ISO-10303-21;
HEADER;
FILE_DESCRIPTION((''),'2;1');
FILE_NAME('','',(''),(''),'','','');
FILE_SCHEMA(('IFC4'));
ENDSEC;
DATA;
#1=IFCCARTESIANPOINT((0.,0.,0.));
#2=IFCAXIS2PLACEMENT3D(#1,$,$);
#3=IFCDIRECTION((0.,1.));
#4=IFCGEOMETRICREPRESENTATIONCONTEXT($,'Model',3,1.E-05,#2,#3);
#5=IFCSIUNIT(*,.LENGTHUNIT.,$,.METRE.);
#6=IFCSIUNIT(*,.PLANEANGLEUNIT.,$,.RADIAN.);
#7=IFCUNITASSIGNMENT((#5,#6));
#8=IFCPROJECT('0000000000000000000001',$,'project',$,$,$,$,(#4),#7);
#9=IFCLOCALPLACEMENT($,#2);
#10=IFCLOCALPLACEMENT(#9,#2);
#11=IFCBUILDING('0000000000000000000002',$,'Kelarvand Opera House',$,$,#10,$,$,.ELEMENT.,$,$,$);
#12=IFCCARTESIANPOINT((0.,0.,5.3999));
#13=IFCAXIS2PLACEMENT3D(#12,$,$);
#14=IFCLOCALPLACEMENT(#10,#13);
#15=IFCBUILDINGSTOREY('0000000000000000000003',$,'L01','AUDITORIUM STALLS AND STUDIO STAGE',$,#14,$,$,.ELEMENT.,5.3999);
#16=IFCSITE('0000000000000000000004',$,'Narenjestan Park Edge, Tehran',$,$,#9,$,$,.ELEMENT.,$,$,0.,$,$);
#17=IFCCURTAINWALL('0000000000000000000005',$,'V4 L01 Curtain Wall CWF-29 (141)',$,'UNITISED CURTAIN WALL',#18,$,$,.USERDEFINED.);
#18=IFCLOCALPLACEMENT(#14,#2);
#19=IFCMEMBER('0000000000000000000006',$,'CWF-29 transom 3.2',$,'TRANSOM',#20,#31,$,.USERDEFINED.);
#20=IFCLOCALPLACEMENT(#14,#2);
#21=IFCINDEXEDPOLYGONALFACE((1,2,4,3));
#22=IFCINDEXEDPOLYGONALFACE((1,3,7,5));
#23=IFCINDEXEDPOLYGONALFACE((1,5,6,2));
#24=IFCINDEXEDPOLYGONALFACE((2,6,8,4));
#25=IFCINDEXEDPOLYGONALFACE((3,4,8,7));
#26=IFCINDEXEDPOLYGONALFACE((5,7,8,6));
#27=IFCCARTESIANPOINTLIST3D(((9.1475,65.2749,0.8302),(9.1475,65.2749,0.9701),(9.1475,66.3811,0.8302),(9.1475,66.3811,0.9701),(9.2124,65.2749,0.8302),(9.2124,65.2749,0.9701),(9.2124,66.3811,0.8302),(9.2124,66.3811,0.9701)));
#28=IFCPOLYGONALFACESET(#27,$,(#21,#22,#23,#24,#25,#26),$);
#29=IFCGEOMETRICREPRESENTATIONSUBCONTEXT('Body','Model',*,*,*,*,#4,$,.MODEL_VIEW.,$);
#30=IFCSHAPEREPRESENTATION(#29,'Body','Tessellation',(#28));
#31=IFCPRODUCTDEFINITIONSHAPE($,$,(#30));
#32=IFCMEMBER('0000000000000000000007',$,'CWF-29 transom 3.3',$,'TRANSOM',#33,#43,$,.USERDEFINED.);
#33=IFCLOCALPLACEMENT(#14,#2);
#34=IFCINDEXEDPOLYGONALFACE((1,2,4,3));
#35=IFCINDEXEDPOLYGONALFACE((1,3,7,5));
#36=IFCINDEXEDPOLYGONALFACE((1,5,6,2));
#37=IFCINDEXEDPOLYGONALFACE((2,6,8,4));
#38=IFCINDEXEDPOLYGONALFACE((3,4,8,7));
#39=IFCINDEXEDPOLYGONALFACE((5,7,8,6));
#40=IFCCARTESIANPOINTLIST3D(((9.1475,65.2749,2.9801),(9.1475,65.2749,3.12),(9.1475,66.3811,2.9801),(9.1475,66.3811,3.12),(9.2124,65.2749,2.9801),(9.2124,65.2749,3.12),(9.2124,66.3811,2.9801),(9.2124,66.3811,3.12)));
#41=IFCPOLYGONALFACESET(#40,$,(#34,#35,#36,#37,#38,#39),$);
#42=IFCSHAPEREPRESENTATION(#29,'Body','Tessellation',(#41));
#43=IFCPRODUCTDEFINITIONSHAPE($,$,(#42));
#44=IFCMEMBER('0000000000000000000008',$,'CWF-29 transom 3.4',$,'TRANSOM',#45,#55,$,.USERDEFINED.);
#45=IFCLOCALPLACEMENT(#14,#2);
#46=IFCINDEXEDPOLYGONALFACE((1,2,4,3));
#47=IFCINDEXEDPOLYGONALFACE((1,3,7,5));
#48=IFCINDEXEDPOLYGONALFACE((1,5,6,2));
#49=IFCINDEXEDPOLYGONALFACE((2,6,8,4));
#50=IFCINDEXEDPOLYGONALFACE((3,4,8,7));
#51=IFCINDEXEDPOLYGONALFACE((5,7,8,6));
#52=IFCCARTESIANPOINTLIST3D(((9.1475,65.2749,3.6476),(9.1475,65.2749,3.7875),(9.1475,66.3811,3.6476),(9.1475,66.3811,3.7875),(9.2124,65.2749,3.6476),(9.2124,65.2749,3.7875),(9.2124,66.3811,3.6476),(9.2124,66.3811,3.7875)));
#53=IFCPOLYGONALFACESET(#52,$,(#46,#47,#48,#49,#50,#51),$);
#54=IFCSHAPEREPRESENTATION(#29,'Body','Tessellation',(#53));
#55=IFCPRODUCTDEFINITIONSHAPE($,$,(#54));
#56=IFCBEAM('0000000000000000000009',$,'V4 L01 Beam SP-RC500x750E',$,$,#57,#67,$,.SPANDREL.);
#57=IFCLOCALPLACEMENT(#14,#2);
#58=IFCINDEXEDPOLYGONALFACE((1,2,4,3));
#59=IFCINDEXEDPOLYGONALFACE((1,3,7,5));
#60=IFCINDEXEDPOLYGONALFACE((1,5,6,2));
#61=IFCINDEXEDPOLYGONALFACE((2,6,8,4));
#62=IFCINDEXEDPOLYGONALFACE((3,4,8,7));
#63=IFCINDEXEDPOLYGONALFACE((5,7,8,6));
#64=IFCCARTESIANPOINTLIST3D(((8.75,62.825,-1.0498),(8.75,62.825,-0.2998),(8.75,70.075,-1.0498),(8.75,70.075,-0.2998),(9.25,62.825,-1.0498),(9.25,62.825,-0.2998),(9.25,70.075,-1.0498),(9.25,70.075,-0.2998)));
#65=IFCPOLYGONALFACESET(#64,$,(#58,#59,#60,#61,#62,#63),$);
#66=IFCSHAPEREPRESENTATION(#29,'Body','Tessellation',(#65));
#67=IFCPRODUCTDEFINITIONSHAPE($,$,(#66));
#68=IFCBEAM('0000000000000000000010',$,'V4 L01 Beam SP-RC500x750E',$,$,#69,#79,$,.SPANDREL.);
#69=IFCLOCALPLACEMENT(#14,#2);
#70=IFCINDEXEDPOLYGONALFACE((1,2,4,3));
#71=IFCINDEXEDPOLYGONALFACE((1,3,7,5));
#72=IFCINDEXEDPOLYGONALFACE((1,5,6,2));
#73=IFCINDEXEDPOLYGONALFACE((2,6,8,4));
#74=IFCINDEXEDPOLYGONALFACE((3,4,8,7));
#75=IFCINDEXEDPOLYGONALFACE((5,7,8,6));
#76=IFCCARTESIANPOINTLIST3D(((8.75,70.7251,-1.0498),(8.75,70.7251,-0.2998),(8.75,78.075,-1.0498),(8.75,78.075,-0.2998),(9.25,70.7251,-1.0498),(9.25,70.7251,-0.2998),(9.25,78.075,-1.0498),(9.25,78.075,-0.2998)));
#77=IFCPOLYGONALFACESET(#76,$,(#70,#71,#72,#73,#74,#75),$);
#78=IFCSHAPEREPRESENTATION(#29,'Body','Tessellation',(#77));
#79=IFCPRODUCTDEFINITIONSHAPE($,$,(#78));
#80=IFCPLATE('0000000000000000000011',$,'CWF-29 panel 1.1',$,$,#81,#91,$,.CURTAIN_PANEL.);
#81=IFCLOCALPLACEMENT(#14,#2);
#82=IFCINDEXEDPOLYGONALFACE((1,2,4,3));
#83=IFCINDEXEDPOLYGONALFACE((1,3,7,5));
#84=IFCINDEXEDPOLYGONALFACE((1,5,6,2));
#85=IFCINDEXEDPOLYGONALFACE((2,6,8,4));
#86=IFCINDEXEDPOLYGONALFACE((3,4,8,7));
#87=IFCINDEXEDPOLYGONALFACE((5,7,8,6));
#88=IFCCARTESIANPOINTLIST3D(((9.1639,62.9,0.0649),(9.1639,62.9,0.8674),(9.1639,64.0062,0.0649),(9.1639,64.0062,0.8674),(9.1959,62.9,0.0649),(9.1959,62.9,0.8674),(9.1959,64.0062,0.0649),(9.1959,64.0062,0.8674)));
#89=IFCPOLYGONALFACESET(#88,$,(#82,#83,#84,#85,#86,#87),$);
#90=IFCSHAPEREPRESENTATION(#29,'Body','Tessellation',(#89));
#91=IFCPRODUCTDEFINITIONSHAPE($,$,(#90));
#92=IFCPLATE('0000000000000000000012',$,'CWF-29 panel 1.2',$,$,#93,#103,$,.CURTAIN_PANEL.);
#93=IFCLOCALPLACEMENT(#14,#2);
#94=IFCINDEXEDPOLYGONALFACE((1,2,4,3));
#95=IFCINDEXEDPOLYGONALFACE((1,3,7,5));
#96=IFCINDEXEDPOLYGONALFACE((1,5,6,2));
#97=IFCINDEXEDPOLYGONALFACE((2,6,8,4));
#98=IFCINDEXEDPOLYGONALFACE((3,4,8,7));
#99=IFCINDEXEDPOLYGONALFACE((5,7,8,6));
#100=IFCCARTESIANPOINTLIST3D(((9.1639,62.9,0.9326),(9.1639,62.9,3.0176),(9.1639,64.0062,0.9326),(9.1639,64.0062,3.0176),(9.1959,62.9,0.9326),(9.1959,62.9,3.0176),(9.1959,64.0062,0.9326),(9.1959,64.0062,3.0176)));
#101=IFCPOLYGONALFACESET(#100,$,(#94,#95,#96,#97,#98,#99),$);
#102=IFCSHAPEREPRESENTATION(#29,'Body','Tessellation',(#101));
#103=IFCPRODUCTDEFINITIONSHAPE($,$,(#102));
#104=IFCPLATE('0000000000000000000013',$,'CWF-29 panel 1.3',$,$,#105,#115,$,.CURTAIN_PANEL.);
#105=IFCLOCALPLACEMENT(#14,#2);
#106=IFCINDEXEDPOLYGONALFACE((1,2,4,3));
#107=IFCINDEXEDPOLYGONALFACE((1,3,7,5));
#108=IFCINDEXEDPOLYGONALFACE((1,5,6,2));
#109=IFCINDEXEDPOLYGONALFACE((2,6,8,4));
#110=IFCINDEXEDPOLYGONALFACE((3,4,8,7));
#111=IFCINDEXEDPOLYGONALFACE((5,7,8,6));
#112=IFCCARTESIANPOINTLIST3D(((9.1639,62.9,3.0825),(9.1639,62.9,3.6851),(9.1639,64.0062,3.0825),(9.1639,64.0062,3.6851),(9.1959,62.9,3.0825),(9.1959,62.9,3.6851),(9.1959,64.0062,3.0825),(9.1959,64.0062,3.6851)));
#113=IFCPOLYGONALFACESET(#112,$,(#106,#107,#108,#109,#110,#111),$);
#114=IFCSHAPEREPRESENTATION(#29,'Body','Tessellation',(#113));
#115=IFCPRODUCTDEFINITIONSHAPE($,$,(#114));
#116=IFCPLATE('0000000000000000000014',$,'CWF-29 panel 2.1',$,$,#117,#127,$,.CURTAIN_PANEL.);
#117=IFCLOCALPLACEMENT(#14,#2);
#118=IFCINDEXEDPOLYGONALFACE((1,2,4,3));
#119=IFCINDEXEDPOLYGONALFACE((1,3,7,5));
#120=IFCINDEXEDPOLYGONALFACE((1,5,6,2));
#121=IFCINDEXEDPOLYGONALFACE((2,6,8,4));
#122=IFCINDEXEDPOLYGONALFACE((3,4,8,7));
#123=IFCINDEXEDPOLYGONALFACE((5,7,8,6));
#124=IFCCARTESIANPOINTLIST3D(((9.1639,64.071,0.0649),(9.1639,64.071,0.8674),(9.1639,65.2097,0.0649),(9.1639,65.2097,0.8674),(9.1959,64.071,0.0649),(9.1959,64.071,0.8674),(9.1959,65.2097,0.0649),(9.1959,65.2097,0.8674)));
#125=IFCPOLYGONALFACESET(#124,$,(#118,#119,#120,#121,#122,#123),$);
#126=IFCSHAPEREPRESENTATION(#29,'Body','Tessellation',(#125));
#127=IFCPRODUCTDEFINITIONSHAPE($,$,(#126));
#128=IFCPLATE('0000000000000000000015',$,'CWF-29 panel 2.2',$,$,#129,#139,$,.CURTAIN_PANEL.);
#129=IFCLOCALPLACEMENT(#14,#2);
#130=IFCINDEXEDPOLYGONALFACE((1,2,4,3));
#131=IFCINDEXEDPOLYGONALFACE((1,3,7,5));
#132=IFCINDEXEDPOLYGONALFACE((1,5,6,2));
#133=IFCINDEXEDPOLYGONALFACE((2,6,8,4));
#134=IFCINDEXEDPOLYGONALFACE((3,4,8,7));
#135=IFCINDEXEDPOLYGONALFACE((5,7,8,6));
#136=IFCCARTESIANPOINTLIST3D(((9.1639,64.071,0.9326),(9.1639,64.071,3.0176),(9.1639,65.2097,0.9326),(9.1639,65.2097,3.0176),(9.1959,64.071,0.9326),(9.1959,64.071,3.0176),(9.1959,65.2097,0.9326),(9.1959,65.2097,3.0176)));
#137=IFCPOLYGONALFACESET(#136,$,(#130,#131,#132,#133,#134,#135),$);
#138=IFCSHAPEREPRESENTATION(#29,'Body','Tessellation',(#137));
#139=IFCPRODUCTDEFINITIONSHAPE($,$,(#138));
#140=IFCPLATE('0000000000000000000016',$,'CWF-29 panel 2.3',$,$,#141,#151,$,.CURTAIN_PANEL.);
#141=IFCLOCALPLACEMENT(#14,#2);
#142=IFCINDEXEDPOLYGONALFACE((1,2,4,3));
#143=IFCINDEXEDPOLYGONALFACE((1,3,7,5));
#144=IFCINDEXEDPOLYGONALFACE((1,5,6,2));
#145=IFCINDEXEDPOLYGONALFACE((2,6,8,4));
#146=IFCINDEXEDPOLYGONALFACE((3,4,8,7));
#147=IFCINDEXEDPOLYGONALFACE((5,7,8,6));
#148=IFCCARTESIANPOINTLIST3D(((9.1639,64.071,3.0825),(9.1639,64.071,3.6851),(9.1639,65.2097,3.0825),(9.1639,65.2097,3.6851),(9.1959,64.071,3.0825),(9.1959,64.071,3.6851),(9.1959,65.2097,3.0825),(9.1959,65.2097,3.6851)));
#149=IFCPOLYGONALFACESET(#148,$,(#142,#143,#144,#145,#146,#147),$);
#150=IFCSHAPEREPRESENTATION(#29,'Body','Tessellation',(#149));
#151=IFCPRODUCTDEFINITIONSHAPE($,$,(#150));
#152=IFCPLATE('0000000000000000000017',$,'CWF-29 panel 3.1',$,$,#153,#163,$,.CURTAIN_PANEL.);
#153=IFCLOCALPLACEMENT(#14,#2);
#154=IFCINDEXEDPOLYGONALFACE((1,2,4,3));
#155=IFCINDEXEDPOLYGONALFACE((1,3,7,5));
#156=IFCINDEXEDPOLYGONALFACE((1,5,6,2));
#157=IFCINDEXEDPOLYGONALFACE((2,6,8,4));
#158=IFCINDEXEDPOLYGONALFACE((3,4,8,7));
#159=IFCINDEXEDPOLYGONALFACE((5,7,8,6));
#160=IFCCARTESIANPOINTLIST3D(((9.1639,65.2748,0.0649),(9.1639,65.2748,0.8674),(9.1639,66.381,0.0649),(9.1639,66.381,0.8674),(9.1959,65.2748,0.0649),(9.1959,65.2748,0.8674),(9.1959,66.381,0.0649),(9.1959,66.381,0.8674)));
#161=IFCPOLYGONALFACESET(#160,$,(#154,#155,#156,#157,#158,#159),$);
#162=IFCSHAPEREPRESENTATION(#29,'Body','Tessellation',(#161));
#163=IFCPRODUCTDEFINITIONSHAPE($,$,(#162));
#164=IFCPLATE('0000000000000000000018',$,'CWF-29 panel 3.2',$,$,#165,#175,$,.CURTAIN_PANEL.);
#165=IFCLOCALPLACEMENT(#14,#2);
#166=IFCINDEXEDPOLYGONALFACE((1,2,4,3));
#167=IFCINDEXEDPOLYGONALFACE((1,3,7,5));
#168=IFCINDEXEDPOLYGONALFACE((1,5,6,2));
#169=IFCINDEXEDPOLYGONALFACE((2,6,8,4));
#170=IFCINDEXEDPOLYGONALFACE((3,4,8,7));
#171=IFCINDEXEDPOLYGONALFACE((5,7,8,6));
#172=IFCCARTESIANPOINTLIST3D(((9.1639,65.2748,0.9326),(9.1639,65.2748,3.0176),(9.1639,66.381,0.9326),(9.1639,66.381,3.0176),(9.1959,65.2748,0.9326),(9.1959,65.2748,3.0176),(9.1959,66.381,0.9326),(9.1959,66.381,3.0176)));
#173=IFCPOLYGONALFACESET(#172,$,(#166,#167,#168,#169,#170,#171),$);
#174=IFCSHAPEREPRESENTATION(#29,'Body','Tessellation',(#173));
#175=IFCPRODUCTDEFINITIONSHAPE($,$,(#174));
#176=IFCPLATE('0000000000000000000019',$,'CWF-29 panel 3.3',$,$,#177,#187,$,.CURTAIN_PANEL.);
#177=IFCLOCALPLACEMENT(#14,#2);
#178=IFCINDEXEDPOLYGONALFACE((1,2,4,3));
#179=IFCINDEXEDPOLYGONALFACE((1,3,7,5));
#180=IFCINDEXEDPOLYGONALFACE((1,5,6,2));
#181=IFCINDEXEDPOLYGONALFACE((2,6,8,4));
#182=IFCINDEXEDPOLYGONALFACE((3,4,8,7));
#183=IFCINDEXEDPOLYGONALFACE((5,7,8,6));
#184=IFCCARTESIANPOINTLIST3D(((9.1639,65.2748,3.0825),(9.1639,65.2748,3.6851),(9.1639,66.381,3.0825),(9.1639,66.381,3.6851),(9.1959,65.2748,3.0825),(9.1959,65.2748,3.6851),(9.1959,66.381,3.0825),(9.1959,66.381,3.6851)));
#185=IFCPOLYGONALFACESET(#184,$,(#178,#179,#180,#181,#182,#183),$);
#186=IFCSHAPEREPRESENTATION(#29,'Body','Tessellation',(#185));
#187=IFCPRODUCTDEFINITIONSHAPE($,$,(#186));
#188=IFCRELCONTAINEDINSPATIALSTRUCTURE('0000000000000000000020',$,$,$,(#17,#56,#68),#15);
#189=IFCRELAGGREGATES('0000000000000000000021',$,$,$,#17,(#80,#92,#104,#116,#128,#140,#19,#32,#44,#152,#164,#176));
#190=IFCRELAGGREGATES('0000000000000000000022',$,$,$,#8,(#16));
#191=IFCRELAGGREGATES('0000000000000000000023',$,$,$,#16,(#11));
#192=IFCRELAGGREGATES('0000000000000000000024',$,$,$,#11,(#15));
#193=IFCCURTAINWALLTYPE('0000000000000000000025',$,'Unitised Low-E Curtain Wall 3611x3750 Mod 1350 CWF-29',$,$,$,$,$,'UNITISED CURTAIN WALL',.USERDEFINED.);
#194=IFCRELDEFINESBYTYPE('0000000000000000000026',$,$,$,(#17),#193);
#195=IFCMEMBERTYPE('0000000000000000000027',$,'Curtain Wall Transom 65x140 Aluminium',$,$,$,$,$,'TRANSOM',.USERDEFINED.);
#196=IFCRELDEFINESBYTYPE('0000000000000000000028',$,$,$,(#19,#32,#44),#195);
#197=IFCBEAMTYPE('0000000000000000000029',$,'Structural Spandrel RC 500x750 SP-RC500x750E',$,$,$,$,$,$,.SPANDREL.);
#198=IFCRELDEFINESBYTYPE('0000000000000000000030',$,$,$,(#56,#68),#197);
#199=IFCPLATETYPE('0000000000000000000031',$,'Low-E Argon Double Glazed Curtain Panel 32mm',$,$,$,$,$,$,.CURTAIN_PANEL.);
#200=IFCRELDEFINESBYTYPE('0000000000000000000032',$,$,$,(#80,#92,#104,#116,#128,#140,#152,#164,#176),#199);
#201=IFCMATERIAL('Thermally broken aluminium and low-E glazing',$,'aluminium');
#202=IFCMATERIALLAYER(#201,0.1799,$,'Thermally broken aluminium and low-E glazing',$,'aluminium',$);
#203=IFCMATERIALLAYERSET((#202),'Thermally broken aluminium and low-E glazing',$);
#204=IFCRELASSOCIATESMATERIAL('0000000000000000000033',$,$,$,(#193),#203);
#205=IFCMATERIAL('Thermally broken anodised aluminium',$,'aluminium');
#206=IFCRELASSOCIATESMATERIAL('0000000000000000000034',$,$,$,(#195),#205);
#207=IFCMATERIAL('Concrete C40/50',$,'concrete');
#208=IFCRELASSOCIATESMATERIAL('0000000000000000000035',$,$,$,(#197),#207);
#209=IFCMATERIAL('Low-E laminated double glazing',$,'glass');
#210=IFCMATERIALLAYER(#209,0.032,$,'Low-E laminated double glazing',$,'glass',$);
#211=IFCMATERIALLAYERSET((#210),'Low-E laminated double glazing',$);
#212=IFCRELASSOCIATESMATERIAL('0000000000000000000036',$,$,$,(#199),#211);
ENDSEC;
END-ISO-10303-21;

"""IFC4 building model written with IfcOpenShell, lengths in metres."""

from ifc_helpers import new_model, si_unit, direction, frame, origin, origin_2d, place, context, subcontext, project, spatial, rectangle, extrude, material, layer, layer_set, material_profile, profile_set, type_object, element, aggregate, save


model = new_model("IFC4")

# Units and contexts
model_context = context("Model", 3, precision=1e-05, world=origin(), true_north=direction((0.0, 1.0)))
body_context = subcontext(model_context, "Body", "Model", "MODEL_VIEW")
ifc_project = project(units=[si_unit("LENGTHUNIT", "METRE"), si_unit("PLANEANGLEUNIT", "RADIAN")], contexts=[model_context])

# Site, building, storey
site_placement = place(None, origin())
site = spatial("IfcSite", under=ifc_project, at=site_placement, Name="Narenjestan Park Edge, Tehran", CompositionType="ELEMENT", RefElevation=0.0)
building_placement = place(site_placement, origin())
building = spatial("IfcBuilding", under=site, at=building_placement, Name="Kelarvand Opera House", CompositionType="ELEMENT")
storey_placement = place(building_placement, frame((0.0, 0.0, 5.3999)))
storey = spatial("IfcBuildingStorey", under=building, at=storey_placement, Name="L01", Description="AUDITORIUM STALLS AND STUDIO STAGE", CompositionType="ELEMENT", Elevation=5.3999)

# Shared definitions
ifc_material_1 = material(Name="Concrete C40/50", Category="concrete")

# Curtain wall, members
ifc_material_2 = material(Name="Thermally broken aluminium and low-E glazing", Category="aluminium")
ifc_layer_1 = layer(ifc_material_2, 0.1799, Name="Thermally broken aluminium and low-E glazing", Category="aluminium")
ifc_layer_set_1 = layer_set([ifc_layer_1], Name="Thermally broken aluminium and low-E glazing")
curtain_wall_type = type_object("IfcCurtainWallType", Name="Unitised Low-E Curtain Wall 3611x3750 Mod 1350 CWF-29", ElementType="UNITISED CURTAIN WALL", PredefinedType="USERDEFINED", material=ifc_layer_set_1)
curtain_wall_placement = place(storey_placement, origin())
curtain_wall = element("IfcCurtainWall", 1, at=curtain_wall_placement, inside=storey, type_object=curtain_wall_type, Name="V4 L01 Curtain Wall CWF-29 (141)", ObjectType="UNITISED CURTAIN WALL", PredefinedType="USERDEFINED")
ifc_material_3 = material(Name="Thermally broken anodised aluminium", Category="aluminium")
ifc_material_profile_1 = material_profile(ifc_material_3, rectangle(XDim=0.0649, YDim=0.1399, at=origin_2d()), Name="ALU TRANSOM 65x140", Category="aluminium")
ifc_profile_set_1 = profile_set([ifc_material_profile_1], Name="Thermally broken anodised aluminium")
member_type_1 = type_object("IfcMemberType", Name="Curtain Wall Transom 65x140 Aluminium", ElementType="TRANSOM", PredefinedType="USERDEFINED", material=ifc_profile_set_1)
member_1_placement = place(storey_placement, frame((9.1799, 65.2749, 0.9001), z_axis=(0.0, 1.0, 0.0), x_axis=(-1.0, 0.0, 0.0)))
member_1 = element("IfcMember", 2, at=member_1_placement, type_object=member_type_1, Name="CWF-29 transom 3.2", ObjectType="TRANSOM", PredefinedType="USERDEFINED", context=body_context, shape_type="SweptSolid", body=[
    extrude(rectangle(XDim=0.0649, YDim=0.1399, at=origin_2d()), origin(), (0.0, 0.0, 1.0), 1.1062),
])
member_2_placement = place(storey_placement, frame((9.1799, 65.2749, 3.05), z_axis=(0.0, 1.0, 0.0), x_axis=(-1.0, 0.0, 0.0)))
member_2 = element("IfcMember", 3, at=member_2_placement, type_object=member_type_1, Name="CWF-29 transom 3.3", ObjectType="TRANSOM", PredefinedType="USERDEFINED", context=body_context, shape_type="SweptSolid", body=[
    extrude(rectangle(XDim=0.0649, YDim=0.1399, at=origin_2d()), origin(), (0.0, 0.0, 1.0), 1.1062),
])
member_3_placement = place(storey_placement, frame((9.1799, 65.2749, 3.7175), z_axis=(0.0, 1.0, 0.0), x_axis=(-1.0, 0.0, 0.0)))
member_3 = element("IfcMember", 4, at=member_3_placement, type_object=member_type_1, Name="CWF-29 transom 3.4", ObjectType="TRANSOM", PredefinedType="USERDEFINED", context=body_context, shape_type="SweptSolid", body=[
    extrude(rectangle(XDim=0.0649, YDim=0.1399, at=origin_2d()), origin(), (0.0, 0.0, 1.0), 1.1062),
])

# Beams
ifc_material_profile_2 = material_profile(ifc_material_1, rectangle(XDim=0.5, YDim=0.75, at=origin_2d()), Name="RC 500x750", Category="concrete")
ifc_profile_set_2 = profile_set([ifc_material_profile_2], Name="Concrete C40/50")
beam_type = type_object("IfcBeamType", Name="Structural Spandrel RC 500x750 SP-RC500x750E", PredefinedType="SPANDREL", material=ifc_profile_set_2)
beam_1_placement = place(storey_placement, frame((9.0, 62.825, -0.6748), z_axis=(0.0, 1.0, 0.0), x_axis=(-1.0, 0.0, 0.0)))
element("IfcBeam", 5, at=beam_1_placement, inside=storey, type_object=beam_type, Name="V4 L01 Beam SP-RC500x750E", PredefinedType="SPANDREL", context=body_context, shape_type="SweptSolid", body=[
    extrude(rectangle(XDim=0.5, YDim=0.75, at=origin_2d()), origin(), (0.0, 0.0, 1.0), 7.25),
])
beam_2_placement = place(storey_placement, frame((9.0, 70.7251, -0.6748), z_axis=(0.0, 1.0, 0.0), x_axis=(-1.0, 0.0, 0.0)))
element("IfcBeam", 6, at=beam_2_placement, inside=storey, type_object=beam_type, Name="V4 L01 Beam SP-RC500x750E", PredefinedType="SPANDREL", context=body_context, shape_type="SweptSolid", body=[
    extrude(rectangle(XDim=0.5, YDim=0.75, at=origin_2d()), origin(), (0.0, 0.0, 1.0), 7.3499),
])

# Plates
ifc_material_4 = material(Name="Low-E laminated double glazing", Category="glass")
ifc_layer_2 = layer(ifc_material_4, 0.032, Name="Low-E laminated double glazing", Category="glass")
ifc_layer_set_2 = layer_set([ifc_layer_2], Name="Low-E laminated double glazing")
plate_type = type_object("IfcPlateType", Name="Low-E Argon Double Glazed Curtain Panel 32mm", PredefinedType="CURTAIN_PANEL", material=ifc_layer_set_2)
plate_1_placement = place(storey_placement, frame((9.1799, 63.4531, 0.0649), z_axis=(0.0, 0.0, 1.0), x_axis=(0.0, 1.0, 0.0)))
plate_1 = element("IfcPlate", 7, at=plate_1_placement, type_object=plate_type, Name="CWF-29 panel 1.1", PredefinedType="CURTAIN_PANEL", context=body_context, shape_type="SweptSolid", body=[
    extrude(rectangle(XDim=1.1062, YDim=0.032, at=origin_2d()), origin(), (0.0, 0.0, 1.0), 0.8025),
])
plate_2_placement = place(storey_placement, frame((9.1799, 63.4531, 0.9326), z_axis=(0.0, 0.0, 1.0), x_axis=(0.0, 1.0, 0.0)))
plate_2 = element("IfcPlate", 8, at=plate_2_placement, type_object=plate_type, Name="CWF-29 panel 1.2", PredefinedType="CURTAIN_PANEL", context=body_context, shape_type="SweptSolid", body=[
    extrude(rectangle(XDim=1.1062, YDim=0.032, at=origin_2d()), origin(), (0.0, 0.0, 1.0), 2.085),
])
plate_3_placement = place(storey_placement, frame((9.1799, 63.4531, 3.0825), z_axis=(0.0, 0.0, 1.0), x_axis=(0.0, 1.0, 0.0)))
plate_3 = element("IfcPlate", 9, at=plate_3_placement, type_object=plate_type, Name="CWF-29 panel 1.3", PredefinedType="CURTAIN_PANEL", context=body_context, shape_type="SweptSolid", body=[
    extrude(rectangle(XDim=1.1062, YDim=0.032, at=origin_2d()), origin(), (0.0, 0.0, 1.0), 0.6025),
])
plate_4_placement = place(storey_placement, frame((9.1799, 64.6404, 0.0649), z_axis=(0.0, 0.0, 1.0), x_axis=(0.0, 1.0, 0.0)))
plate_4 = element("IfcPlate", 10, at=plate_4_placement, type_object=plate_type, Name="CWF-29 panel 2.1", PredefinedType="CURTAIN_PANEL", context=body_context, shape_type="SweptSolid", body=[
    extrude(rectangle(XDim=1.1387, YDim=0.032, at=origin_2d()), origin(), (0.0, 0.0, 1.0), 0.8025),
])
plate_5_placement = place(storey_placement, frame((9.1799, 64.6404, 0.9326), z_axis=(0.0, 0.0, 1.0), x_axis=(0.0, 1.0, 0.0)))
plate_5 = element("IfcPlate", 11, at=plate_5_placement, type_object=plate_type, Name="CWF-29 panel 2.2", PredefinedType="CURTAIN_PANEL", context=body_context, shape_type="SweptSolid", body=[
    extrude(rectangle(XDim=1.1387, YDim=0.032, at=origin_2d()), origin(), (0.0, 0.0, 1.0), 2.085),
])
plate_6_placement = place(storey_placement, frame((9.1799, 64.6404, 3.0825), z_axis=(0.0, 0.0, 1.0), x_axis=(0.0, 1.0, 0.0)))
plate_6 = element("IfcPlate", 12, at=plate_6_placement, type_object=plate_type, Name="CWF-29 panel 2.3", PredefinedType="CURTAIN_PANEL", context=body_context, shape_type="SweptSolid", body=[
    extrude(rectangle(XDim=1.1387, YDim=0.032, at=origin_2d()), origin(), (0.0, 0.0, 1.0), 0.6025),
])
plate_7_placement = place(storey_placement, frame((9.1799, 65.8279, 0.0649), z_axis=(0.0, 0.0, 1.0), x_axis=(0.0, 1.0, 0.0)))
plate_7 = element("IfcPlate", 13, at=plate_7_placement, type_object=plate_type, Name="CWF-29 panel 3.1", PredefinedType="CURTAIN_PANEL", context=body_context, shape_type="SweptSolid", body=[
    extrude(rectangle(XDim=1.1062, YDim=0.032, at=origin_2d()), origin(), (0.0, 0.0, 1.0), 0.8025),
])
plate_8_placement = place(storey_placement, frame((9.1799, 65.8279, 0.9326), z_axis=(0.0, 0.0, 1.0), x_axis=(0.0, 1.0, 0.0)))
plate_8 = element("IfcPlate", 14, at=plate_8_placement, type_object=plate_type, Name="CWF-29 panel 3.2", PredefinedType="CURTAIN_PANEL", context=body_context, shape_type="SweptSolid", body=[
    extrude(rectangle(XDim=1.1062, YDim=0.032, at=origin_2d()), origin(), (0.0, 0.0, 1.0), 2.085),
])
plate_9_placement = place(storey_placement, frame((9.1799, 65.8279, 3.0825), z_axis=(0.0, 0.0, 1.0), x_axis=(0.0, 1.0, 0.0)))
plate_9 = element("IfcPlate", 15, at=plate_9_placement, type_object=plate_type, Name="CWF-29 panel 3.3", PredefinedType="CURTAIN_PANEL", context=body_context, shape_type="SweptSolid", body=[
    extrude(rectangle(XDim=1.1062, YDim=0.032, at=origin_2d()), origin(), (0.0, 0.0, 1.0), 0.6025),
])
aggregate(curtain_wall, [plate_1, plate_2, plate_3, plate_4, plate_5, plate_6, member_1, member_2, member_3, plate_7, plate_8, plate_9])

save(model, "model.ifc")
